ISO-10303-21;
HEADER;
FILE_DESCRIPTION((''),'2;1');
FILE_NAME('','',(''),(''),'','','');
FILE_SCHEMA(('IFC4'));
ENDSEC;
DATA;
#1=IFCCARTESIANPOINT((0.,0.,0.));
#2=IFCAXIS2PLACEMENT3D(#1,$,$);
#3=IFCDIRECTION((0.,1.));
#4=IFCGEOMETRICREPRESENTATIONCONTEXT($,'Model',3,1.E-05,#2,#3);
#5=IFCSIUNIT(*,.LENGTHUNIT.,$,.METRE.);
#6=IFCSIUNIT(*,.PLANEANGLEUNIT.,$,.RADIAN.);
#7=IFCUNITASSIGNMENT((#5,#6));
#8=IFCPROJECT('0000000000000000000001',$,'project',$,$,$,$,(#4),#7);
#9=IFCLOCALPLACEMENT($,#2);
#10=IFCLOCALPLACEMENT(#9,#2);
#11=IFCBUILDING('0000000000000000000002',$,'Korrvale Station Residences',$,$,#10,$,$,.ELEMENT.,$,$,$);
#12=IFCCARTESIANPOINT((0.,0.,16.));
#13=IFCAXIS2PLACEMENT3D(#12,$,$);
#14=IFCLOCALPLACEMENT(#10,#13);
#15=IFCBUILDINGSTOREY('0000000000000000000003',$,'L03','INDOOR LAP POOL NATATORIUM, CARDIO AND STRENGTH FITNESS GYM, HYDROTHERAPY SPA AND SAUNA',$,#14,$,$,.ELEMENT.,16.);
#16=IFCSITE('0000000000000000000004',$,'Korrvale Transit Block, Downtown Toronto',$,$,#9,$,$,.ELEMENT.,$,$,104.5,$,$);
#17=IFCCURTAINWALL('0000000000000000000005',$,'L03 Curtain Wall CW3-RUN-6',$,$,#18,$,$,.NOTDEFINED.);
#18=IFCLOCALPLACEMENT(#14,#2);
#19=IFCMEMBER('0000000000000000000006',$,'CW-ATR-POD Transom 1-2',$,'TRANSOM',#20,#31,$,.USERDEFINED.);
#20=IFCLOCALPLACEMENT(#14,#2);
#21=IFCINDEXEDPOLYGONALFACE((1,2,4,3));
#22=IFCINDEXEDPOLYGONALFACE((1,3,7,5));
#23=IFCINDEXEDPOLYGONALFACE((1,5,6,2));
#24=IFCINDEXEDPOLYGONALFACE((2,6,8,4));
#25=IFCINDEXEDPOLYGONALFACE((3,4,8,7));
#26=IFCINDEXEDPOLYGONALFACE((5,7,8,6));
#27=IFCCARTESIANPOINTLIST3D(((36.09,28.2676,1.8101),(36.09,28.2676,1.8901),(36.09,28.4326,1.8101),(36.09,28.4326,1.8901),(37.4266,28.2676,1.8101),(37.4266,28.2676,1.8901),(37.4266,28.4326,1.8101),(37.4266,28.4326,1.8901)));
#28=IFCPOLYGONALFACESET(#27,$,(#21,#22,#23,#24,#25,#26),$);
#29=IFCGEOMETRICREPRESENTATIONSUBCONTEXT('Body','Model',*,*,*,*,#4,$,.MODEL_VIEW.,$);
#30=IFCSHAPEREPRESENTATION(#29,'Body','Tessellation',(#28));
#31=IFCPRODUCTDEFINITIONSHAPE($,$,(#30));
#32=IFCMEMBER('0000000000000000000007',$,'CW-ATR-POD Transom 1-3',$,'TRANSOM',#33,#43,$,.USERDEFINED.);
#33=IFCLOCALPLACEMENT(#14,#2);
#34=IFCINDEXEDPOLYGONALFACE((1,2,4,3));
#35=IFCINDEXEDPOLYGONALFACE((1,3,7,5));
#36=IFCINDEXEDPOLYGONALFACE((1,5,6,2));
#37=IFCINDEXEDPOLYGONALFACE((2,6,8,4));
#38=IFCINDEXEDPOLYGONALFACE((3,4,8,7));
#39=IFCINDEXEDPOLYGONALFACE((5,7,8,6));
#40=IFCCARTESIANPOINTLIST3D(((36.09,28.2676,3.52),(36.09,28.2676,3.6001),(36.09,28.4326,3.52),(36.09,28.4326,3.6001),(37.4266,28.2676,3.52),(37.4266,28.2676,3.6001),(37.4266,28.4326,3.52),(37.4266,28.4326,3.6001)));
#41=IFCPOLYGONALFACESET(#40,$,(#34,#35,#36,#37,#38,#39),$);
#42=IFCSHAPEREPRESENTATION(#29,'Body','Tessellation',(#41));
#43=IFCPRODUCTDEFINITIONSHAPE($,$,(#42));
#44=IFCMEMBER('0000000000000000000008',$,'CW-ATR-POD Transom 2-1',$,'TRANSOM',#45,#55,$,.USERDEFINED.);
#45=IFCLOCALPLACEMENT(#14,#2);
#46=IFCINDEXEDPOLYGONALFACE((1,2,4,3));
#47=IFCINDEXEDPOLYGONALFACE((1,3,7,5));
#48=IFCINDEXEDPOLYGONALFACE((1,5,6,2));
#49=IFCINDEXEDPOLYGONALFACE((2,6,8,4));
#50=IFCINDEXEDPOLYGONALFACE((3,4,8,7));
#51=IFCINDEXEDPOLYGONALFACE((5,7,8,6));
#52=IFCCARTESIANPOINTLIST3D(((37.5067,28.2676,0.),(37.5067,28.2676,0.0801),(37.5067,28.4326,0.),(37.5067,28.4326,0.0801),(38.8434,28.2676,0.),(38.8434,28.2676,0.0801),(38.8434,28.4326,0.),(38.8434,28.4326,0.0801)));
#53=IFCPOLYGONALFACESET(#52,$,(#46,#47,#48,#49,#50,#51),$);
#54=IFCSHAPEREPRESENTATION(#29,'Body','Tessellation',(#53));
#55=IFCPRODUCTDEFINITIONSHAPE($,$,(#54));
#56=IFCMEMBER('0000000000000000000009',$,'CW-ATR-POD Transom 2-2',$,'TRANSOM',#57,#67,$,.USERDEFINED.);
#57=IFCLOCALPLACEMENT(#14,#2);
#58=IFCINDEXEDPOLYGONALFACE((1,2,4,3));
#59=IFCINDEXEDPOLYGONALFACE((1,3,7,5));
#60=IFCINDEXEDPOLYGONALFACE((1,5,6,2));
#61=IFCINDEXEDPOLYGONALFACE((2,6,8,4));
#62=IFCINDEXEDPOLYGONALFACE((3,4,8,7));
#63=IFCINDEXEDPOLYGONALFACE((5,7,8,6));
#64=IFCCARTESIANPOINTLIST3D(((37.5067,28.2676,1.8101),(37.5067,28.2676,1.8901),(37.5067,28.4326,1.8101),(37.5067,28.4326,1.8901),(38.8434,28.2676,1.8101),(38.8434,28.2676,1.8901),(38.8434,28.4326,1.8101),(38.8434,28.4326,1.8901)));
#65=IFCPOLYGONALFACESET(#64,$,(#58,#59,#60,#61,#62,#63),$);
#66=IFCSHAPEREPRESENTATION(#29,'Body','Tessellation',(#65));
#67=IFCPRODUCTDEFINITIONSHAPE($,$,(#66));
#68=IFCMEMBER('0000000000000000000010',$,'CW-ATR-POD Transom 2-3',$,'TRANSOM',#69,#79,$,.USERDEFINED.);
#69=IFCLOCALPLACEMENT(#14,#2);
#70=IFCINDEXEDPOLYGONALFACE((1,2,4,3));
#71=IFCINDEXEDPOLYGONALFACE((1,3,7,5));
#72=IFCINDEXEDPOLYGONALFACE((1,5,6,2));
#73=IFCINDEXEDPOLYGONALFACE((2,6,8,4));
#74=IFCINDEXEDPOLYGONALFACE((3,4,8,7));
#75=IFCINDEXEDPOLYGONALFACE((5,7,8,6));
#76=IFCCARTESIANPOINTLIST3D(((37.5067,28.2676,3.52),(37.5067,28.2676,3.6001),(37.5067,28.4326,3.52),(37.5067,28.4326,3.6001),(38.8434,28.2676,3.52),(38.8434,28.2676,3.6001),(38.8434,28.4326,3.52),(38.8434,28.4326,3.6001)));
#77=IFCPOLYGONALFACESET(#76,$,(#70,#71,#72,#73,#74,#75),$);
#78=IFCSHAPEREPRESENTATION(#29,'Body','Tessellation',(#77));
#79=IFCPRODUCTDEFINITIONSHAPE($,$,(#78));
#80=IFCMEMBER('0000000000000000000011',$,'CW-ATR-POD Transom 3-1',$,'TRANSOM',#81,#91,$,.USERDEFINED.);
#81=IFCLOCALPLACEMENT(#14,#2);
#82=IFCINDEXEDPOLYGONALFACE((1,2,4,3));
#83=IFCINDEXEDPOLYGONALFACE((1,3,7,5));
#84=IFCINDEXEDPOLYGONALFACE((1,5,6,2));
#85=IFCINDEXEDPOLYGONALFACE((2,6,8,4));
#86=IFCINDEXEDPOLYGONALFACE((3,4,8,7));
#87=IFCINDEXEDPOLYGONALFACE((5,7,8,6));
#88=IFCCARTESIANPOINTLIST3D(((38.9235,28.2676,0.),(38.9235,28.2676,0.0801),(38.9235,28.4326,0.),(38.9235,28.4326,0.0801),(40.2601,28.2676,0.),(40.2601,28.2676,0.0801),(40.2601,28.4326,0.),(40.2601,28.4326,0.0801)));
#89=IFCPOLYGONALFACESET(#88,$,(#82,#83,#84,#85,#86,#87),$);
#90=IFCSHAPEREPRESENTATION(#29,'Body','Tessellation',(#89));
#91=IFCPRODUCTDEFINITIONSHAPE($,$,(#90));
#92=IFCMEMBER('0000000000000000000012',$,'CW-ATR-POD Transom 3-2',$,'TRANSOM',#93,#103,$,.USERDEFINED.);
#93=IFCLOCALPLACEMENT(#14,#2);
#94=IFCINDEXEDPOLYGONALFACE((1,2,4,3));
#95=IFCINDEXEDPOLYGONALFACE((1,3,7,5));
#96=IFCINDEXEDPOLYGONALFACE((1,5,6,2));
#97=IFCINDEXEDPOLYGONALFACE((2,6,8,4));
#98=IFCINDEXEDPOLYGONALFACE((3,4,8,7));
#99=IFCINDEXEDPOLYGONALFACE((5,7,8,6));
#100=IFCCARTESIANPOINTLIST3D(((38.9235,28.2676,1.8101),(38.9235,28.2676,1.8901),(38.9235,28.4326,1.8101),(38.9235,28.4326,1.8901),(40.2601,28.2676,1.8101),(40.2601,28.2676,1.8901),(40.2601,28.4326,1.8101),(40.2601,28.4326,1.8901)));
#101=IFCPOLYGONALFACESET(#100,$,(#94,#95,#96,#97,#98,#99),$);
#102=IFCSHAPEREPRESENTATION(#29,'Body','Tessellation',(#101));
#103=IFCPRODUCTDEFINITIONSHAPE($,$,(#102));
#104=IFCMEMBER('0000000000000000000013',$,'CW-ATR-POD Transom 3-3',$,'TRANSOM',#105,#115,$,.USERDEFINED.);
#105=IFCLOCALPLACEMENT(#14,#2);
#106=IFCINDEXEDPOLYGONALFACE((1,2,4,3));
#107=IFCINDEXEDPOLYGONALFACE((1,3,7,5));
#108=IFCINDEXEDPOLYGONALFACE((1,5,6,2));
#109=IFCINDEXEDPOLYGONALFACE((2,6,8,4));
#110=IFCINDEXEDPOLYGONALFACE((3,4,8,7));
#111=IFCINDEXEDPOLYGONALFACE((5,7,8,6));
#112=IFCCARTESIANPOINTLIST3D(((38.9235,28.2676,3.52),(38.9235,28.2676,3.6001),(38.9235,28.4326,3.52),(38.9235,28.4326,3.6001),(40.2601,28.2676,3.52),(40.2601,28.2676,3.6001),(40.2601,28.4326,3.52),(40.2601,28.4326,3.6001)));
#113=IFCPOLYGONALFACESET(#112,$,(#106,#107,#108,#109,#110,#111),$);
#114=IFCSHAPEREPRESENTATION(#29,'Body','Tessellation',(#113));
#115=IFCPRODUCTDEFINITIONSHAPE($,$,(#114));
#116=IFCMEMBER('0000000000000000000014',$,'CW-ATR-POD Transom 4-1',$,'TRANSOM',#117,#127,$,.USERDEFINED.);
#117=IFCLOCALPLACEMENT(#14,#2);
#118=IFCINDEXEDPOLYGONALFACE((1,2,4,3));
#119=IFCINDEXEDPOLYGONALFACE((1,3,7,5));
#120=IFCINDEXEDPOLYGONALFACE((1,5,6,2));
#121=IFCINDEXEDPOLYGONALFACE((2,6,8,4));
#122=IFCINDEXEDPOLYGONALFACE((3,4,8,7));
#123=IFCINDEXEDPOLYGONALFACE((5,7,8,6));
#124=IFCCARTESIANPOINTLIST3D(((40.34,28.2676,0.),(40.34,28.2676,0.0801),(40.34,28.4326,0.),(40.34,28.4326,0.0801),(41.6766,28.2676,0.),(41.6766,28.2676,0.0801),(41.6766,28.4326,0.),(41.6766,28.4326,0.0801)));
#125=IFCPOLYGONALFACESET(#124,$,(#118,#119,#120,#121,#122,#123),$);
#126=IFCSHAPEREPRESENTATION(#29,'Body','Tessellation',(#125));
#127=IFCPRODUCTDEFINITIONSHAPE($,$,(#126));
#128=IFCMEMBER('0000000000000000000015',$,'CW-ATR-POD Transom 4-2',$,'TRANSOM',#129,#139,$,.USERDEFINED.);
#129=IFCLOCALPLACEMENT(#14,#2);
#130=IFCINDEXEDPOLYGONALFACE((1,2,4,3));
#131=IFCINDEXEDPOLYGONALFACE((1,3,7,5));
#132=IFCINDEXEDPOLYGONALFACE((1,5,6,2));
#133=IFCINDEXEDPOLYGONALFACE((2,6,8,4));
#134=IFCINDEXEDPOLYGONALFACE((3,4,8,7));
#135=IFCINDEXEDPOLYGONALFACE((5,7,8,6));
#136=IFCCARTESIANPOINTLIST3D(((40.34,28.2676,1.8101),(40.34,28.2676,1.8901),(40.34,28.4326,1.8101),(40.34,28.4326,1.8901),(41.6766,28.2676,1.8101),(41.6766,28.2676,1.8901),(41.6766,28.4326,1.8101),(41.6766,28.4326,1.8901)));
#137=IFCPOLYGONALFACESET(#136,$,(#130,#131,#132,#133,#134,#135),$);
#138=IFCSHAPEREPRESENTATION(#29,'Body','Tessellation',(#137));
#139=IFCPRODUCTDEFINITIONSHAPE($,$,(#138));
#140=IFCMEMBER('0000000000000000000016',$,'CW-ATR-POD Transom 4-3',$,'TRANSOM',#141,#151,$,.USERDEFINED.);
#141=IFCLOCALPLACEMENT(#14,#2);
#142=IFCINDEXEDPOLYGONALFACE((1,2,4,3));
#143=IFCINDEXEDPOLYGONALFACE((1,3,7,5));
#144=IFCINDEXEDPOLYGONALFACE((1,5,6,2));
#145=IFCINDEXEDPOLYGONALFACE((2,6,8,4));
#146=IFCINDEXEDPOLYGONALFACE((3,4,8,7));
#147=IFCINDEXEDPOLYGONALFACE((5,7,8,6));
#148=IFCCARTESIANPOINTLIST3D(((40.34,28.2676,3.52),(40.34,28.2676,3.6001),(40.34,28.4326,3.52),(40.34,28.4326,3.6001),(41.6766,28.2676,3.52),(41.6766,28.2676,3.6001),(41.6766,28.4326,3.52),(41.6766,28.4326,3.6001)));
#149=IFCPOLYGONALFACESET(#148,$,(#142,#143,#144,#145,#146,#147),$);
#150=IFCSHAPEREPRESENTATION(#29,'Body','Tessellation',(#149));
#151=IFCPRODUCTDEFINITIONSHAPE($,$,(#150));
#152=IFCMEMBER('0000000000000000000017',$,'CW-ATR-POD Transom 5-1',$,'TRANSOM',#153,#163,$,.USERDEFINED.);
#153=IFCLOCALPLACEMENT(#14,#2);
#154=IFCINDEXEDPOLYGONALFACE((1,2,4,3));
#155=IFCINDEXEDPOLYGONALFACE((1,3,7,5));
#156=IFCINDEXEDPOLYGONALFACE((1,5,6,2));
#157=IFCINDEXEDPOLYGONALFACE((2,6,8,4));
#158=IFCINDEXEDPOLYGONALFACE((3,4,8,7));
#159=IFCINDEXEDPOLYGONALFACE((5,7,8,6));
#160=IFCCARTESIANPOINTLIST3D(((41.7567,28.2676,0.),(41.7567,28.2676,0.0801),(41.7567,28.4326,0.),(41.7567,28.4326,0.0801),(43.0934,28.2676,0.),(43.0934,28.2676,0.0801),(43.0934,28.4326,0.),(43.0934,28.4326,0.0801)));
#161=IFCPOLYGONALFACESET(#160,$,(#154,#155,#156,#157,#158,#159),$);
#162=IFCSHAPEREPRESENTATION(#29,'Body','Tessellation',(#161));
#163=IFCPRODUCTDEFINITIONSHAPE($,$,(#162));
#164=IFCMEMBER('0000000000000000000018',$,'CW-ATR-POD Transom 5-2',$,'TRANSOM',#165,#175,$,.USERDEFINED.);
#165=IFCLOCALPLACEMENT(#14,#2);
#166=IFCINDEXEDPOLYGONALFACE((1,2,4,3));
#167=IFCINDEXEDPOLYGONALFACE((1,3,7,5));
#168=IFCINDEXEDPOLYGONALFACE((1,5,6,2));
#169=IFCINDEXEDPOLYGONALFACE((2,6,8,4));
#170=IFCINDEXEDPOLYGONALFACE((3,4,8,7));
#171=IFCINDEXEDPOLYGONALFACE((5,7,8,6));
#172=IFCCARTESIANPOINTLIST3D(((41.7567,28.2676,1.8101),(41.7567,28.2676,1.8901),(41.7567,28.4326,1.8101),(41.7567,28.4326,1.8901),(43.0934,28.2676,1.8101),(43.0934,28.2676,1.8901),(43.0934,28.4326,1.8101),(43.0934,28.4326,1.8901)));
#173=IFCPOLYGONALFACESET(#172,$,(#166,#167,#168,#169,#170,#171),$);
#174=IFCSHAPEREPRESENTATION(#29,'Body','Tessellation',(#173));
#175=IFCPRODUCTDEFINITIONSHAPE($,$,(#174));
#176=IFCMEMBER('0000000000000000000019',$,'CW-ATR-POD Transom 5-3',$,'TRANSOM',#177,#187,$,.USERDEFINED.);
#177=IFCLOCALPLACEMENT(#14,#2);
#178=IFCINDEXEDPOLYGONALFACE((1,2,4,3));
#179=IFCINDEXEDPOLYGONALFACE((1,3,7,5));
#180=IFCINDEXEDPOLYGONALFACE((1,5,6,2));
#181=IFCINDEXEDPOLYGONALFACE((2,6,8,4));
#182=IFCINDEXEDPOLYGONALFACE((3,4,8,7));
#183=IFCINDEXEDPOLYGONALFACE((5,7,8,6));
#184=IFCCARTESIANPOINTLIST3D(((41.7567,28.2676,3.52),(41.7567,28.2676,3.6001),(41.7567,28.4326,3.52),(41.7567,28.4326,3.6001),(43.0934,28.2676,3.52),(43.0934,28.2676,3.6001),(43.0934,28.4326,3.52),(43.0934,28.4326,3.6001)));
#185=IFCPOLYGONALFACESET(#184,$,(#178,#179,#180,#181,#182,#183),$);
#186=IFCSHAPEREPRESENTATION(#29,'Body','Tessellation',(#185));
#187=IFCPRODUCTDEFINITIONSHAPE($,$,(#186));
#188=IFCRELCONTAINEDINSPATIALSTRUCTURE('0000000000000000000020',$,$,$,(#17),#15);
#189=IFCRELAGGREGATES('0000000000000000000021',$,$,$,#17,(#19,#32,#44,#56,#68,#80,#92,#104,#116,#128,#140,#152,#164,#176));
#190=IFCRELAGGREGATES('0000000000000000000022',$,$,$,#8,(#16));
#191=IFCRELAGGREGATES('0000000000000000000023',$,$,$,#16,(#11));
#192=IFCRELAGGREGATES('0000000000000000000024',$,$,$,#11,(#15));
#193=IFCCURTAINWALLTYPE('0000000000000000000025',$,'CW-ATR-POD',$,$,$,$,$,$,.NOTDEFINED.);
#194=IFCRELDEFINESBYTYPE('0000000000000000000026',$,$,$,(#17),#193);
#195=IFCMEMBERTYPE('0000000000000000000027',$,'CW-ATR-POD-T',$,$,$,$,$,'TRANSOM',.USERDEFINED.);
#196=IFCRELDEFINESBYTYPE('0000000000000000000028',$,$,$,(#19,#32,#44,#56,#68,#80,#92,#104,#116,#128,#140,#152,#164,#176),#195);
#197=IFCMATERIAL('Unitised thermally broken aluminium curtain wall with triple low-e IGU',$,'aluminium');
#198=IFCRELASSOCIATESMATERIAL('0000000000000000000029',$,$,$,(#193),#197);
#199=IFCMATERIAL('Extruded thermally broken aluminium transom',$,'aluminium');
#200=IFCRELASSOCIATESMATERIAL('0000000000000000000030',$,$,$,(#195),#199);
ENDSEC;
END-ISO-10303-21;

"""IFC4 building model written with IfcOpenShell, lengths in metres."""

from ifc_helpers import new_model, si_unit, direction, frame, origin, origin_2d, place, context, subcontext, project, spatial, rectangle, extrude, material, type_object, element, aggregate, save


model = new_model("IFC4")

# Units and contexts
model_context = context("Model", 3, precision=1e-05, world=origin(), true_north=direction((0.0, 1.0)))
body_context = subcontext(model_context, "Body", "Model", "MODEL_VIEW")
ifc_project = project(units=[si_unit("LENGTHUNIT", "METRE"), si_unit("PLANEANGLEUNIT", "RADIAN")], contexts=[model_context])

# Site, building, storey
site_placement = place(None, origin())
site = spatial("IfcSite", under=ifc_project, at=site_placement, Name="Korrvale Transit Block, Downtown Toronto", CompositionType="ELEMENT", RefElevation=104.5)
building_placement = place(site_placement, origin())
building = spatial("IfcBuilding", under=site, at=building_placement, Name="Korrvale Station Residences", CompositionType="ELEMENT")
storey_placement = place(building_placement, frame((0.0, 0.0, 16.0)))
storey = spatial("IfcBuildingStorey", under=building, at=storey_placement, Name="L03", Description="INDOOR LAP POOL NATATORIUM, CARDIO AND STRENGTH FITNESS GYM, HYDROTHERAPY SPA AND SAUNA", CompositionType="ELEMENT", Elevation=16.0)

# Curtain wall, members
ifc_material_1 = material(Name="Unitised thermally broken aluminium curtain wall with triple low-e IGU", Category="aluminium")
curtain_wall_type = type_object("IfcCurtainWallType", Name="CW-ATR-POD", PredefinedType="NOTDEFINED", material=ifc_material_1)
curtain_wall_placement = place(storey_placement, origin())
curtain_wall = element("IfcCurtainWall", 1, at=curtain_wall_placement, inside=storey, type_object=curtain_wall_type, Name="L03 Curtain Wall CW3-RUN-6", PredefinedType="NOTDEFINED")
ifc_material_2 = material(Name="Extruded thermally broken aluminium transom", Category="aluminium")
member_type_1 = type_object("IfcMemberType", Name="CW-ATR-POD-T", ElementType="TRANSOM", PredefinedType="USERDEFINED", material=ifc_material_2)
member_1_placement = place(storey_placement, frame((36.7583, 28.3501, 1.8101), z_axis=(0.0, 0.0, 1.0), x_axis=(1.0, 0.0, 0.0)))
member_1 = element("IfcMember", 2, at=member_1_placement, type_object=member_type_1, Name="CW-ATR-POD Transom 1-2", ObjectType="TRANSOM", PredefinedType="USERDEFINED", context=body_context, shape_type="SweptSolid", body=[
    extrude(rectangle(XDim=1.3367, YDim=0.165, at=origin_2d()), origin(), (0.0, 0.0, 1.0), 0.0801),
])
member_2_placement = place(storey_placement, frame((36.7583, 28.3501, 3.52), z_axis=(0.0, 0.0, 1.0), x_axis=(1.0, 0.0, 0.0)))
member_2 = element("IfcMember", 3, at=member_2_placement, type_object=member_type_1, Name="CW-ATR-POD Transom 1-3", ObjectType="TRANSOM", PredefinedType="USERDEFINED", context=body_context, shape_type="SweptSolid", body=[
    extrude(rectangle(XDim=1.3367, YDim=0.165, at=origin_2d()), origin(), (0.0, 0.0, 1.0), 0.0801),
])
member_3_placement = place(storey_placement, frame((38.175, 28.3501, 0.0), z_axis=(0.0, 0.0, 1.0), x_axis=(1.0, 0.0, 0.0)))
member_3 = element("IfcMember", 4, at=member_3_placement, type_object=member_type_1, Name="CW-ATR-POD Transom 2-1", ObjectType="TRANSOM", PredefinedType="USERDEFINED", context=body_context, shape_type="SweptSolid", body=[
    extrude(rectangle(XDim=1.3367, YDim=0.165, at=origin_2d()), origin(), (0.0, 0.0, 1.0), 0.0801),
])
member_4_placement = place(storey_placement, frame((38.175, 28.3501, 1.8101), z_axis=(0.0, 0.0, 1.0), x_axis=(1.0, 0.0, 0.0)))
member_4 = element("IfcMember", 5, at=member_4_placement, type_object=member_type_1, Name="CW-ATR-POD Transom 2-2", ObjectType="TRANSOM", PredefinedType="USERDEFINED", context=body_context, shape_type="SweptSolid", body=[
    extrude(rectangle(XDim=1.3367, YDim=0.165, at=origin_2d()), origin(), (0.0, 0.0, 1.0), 0.0801),
])
member_5_placement = place(storey_placement, frame((38.175, 28.3501, 3.52), z_axis=(0.0, 0.0, 1.0), x_axis=(1.0, 0.0, 0.0)))
member_5 = element("IfcMember", 6, at=member_5_placement, type_object=member_type_1, Name="CW-ATR-POD Transom 2-3", ObjectType="TRANSOM", PredefinedType="USERDEFINED", context=body_context, shape_type="SweptSolid", body=[
    extrude(rectangle(XDim=1.3367, YDim=0.165, at=origin_2d()), origin(), (0.0, 0.0, 1.0), 0.0801),
])
member_6_placement = place(storey_placement, frame((39.5918, 28.3501, 0.0), z_axis=(0.0, 0.0, 1.0), x_axis=(1.0, 0.0, 0.0)))
member_6 = element("IfcMember", 7, at=member_6_placement, type_object=member_type_1, Name="CW-ATR-POD Transom 3-1", ObjectType="TRANSOM", PredefinedType="USERDEFINED", context=body_context, shape_type="SweptSolid", body=[
    extrude(rectangle(XDim=1.3367, YDim=0.165, at=origin_2d()), origin(), (0.0, 0.0, 1.0), 0.0801),
])
member_7_placement = place(storey_placement, frame((39.5918, 28.3501, 1.8101), z_axis=(0.0, 0.0, 1.0), x_axis=(1.0, 0.0, 0.0)))
member_7 = element("IfcMember", 8, at=member_7_placement, type_object=member_type_1, Name="CW-ATR-POD Transom 3-2", ObjectType="TRANSOM", PredefinedType="USERDEFINED", context=body_context, shape_type="SweptSolid", body=[
    extrude(rectangle(XDim=1.3367, YDim=0.165, at=origin_2d()), origin(), (0.0, 0.0, 1.0), 0.0801),
])
member_8_placement = place(storey_placement, frame((39.5918, 28.3501, 3.52), z_axis=(0.0, 0.0, 1.0), x_axis=(1.0, 0.0, 0.0)))
member_8 = element("IfcMember", 9, at=member_8_placement, type_object=member_type_1, Name="CW-ATR-POD Transom 3-3", ObjectType="TRANSOM", PredefinedType="USERDEFINED", context=body_context, shape_type="SweptSolid", body=[
    extrude(rectangle(XDim=1.3367, YDim=0.165, at=origin_2d()), origin(), (0.0, 0.0, 1.0), 0.0801),
])
member_9_placement = place(storey_placement, frame((41.0083, 28.3501, 0.0), z_axis=(0.0, 0.0, 1.0), x_axis=(1.0, 0.0, 0.0)))
member_9 = element("IfcMember", 10, at=member_9_placement, type_object=member_type_1, Name="CW-ATR-POD Transom 4-1", ObjectType="TRANSOM", PredefinedType="USERDEFINED", context=body_context, shape_type="SweptSolid", body=[
    extrude(rectangle(XDim=1.3367, YDim=0.165, at=origin_2d()), origin(), (0.0, 0.0, 1.0), 0.0801),
])
member_10_placement = place(storey_placement, frame((41.0083, 28.3501, 1.8101), z_axis=(0.0, 0.0, 1.0), x_axis=(1.0, 0.0, 0.0)))
member_10 = element("IfcMember", 11, at=member_10_placement, type_object=member_type_1, Name="CW-ATR-POD Transom 4-2", ObjectType="TRANSOM", PredefinedType="USERDEFINED", context=body_context, shape_type="SweptSolid", body=[
    extrude(rectangle(XDim=1.3367, YDim=0.165, at=origin_2d()), origin(), (0.0, 0.0, 1.0), 0.0801),
])
member_11_placement = place(storey_placement, frame((41.0083, 28.3501, 3.52), z_axis=(0.0, 0.0, 1.0), x_axis=(1.0, 0.0, 0.0)))
member_11 = element("IfcMember", 12, at=member_11_placement, type_object=member_type_1, Name="CW-ATR-POD Transom 4-3", ObjectType="TRANSOM", PredefinedType="USERDEFINED", context=body_context, shape_type="SweptSolid", body=[
    extrude(rectangle(XDim=1.3367, YDim=0.165, at=origin_2d()), origin(), (0.0, 0.0, 1.0), 0.0801),
])
member_12_placement = place(storey_placement, frame((42.425, 28.3501, 0.0), z_axis=(0.0, 0.0, 1.0), x_axis=(1.0, 0.0, 0.0)))
member_12 = element("IfcMember", 13, at=member_12_placement, type_object=member_type_1, Name="CW-ATR-POD Transom 5-1", ObjectType="TRANSOM", PredefinedType="USERDEFINED", context=body_context, shape_type="SweptSolid", body=[
    extrude(rectangle(XDim=1.3367, YDim=0.165, at=origin_2d()), origin(), (0.0, 0.0, 1.0), 0.0801),
])
member_13_placement = place(storey_placement, frame((42.425, 28.3501, 1.8101), z_axis=(0.0, 0.0, 1.0), x_axis=(1.0, 0.0, 0.0)))
member_13 = element("IfcMember", 14, at=member_13_placement, type_object=member_type_1, Name="CW-ATR-POD Transom 5-2", ObjectType="TRANSOM", PredefinedType="USERDEFINED", context=body_context, shape_type="SweptSolid", body=[
    extrude(rectangle(XDim=1.3367, YDim=0.165, at=origin_2d()), origin(), (0.0, 0.0, 1.0), 0.0801),
])
member_14_placement = place(storey_placement, frame((42.425, 28.3501, 3.52), z_axis=(0.0, 0.0, 1.0), x_axis=(1.0, 0.0, 0.0)))
member_14 = element("IfcMember", 15, at=member_14_placement, type_object=member_type_1, Name="CW-ATR-POD Transom 5-3", ObjectType="TRANSOM", PredefinedType="USERDEFINED", context=body_context, shape_type="SweptSolid", body=[
    extrude(rectangle(XDim=1.3367, YDim=0.165, at=origin_2d()), origin(), (0.0, 0.0, 1.0), 0.0801),
])

aggregate(curtain_wall, [member_1, member_2, member_3, member_4, member_5, member_6, member_7, member_8, member_9, member_10, member_11, member_12, member_13, member_14])

save(model, "model.ifc")
